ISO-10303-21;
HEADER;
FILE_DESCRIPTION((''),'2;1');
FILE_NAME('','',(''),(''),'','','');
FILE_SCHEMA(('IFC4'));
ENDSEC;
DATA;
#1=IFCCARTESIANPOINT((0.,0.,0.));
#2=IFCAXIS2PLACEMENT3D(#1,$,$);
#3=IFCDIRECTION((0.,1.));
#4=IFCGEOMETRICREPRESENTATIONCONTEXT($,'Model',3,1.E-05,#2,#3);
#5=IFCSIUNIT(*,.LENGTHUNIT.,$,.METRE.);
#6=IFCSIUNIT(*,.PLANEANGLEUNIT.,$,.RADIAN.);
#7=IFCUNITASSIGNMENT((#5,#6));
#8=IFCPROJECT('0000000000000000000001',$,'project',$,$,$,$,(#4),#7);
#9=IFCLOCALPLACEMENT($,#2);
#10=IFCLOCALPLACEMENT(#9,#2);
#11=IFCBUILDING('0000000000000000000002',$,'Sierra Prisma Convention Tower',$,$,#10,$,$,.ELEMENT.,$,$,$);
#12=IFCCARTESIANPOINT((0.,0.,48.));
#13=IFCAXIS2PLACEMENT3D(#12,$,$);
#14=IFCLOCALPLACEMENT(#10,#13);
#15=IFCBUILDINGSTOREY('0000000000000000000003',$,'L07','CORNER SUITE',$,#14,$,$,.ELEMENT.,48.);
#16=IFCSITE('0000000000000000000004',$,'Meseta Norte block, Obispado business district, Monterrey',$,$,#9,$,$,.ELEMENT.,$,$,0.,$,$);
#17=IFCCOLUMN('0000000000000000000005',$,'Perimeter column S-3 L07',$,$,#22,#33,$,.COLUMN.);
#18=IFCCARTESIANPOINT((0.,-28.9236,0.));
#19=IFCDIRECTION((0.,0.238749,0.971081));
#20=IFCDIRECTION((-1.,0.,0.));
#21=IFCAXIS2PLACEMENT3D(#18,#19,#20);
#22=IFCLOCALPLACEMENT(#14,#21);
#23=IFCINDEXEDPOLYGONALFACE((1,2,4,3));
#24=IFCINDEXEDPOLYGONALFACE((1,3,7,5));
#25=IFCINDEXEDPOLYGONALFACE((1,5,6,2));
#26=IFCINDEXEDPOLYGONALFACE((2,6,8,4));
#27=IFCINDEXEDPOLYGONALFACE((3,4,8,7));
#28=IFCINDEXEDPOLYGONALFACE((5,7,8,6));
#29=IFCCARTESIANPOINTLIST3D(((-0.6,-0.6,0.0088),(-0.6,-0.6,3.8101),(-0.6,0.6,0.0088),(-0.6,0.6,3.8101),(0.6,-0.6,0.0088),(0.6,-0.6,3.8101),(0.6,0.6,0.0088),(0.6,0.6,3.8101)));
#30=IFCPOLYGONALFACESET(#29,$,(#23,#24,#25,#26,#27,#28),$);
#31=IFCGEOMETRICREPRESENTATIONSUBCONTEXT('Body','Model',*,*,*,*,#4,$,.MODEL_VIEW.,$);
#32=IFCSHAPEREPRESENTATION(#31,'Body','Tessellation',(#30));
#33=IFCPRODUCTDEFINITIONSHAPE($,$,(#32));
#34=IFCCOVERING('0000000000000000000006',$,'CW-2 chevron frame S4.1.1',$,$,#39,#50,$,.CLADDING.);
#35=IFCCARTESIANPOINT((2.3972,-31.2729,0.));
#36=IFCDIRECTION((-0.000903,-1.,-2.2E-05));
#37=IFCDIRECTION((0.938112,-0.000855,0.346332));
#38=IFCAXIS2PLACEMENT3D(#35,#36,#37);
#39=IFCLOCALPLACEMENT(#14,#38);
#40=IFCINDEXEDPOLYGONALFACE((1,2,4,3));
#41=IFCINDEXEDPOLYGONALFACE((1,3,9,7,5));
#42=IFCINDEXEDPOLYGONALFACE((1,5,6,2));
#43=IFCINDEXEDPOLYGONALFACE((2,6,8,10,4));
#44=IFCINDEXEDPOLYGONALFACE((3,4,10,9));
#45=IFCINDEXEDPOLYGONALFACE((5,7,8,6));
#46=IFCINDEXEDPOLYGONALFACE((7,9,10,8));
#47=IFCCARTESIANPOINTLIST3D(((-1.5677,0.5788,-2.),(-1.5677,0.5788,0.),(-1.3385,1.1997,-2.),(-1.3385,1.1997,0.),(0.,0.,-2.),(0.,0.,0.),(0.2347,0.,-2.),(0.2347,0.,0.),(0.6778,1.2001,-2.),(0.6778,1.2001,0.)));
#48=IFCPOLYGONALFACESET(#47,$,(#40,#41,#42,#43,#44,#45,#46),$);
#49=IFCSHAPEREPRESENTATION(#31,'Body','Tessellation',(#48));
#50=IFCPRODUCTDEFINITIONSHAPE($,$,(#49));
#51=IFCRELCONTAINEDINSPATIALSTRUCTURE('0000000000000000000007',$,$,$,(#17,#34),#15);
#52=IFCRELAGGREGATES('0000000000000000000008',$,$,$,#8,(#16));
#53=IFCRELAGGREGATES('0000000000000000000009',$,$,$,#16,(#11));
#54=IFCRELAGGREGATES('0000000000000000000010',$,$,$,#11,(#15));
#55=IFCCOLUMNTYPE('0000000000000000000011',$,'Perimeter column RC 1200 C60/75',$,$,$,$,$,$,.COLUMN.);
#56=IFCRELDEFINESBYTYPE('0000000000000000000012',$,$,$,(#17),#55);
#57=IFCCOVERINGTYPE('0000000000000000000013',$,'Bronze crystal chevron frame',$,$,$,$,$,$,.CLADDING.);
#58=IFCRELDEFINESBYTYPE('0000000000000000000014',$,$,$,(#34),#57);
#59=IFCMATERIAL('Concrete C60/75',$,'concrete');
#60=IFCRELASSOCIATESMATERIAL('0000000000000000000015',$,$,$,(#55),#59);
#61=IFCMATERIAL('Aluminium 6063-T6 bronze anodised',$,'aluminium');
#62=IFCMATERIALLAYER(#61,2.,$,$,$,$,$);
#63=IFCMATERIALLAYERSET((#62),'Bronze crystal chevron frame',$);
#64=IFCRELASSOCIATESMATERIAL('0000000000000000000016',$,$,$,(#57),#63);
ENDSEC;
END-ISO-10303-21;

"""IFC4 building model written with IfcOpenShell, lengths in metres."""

from ifc_helpers import new_model, si_unit, direction, frame, origin, origin_2d, place, context, subcontext, project, spatial, polyline, rectangle, outline, extrude, clip, halfspace, material, layer, layer_set, material_profile, profile_set, type_object, element, save


model = new_model("IFC4")

# Units and contexts
model_context = context("Model", 3, precision=1e-05, world=origin(), true_north=direction((0.0, 1.0)))
body_context = subcontext(model_context, "Body", "Model", "MODEL_VIEW")
ifc_project = project(units=[si_unit("LENGTHUNIT", "METRE"), si_unit("PLANEANGLEUNIT", "RADIAN")], contexts=[model_context])

# Site, building, storey
site_placement = place(None, origin())
site = spatial("IfcSite", under=ifc_project, at=site_placement, Name="Meseta Norte block, Obispado business district, Monterrey", CompositionType="ELEMENT", RefElevation=0.0)
building_placement = place(site_placement, origin())
building = spatial("IfcBuilding", under=site, at=building_placement, Name="Sierra Prisma Convention Tower", CompositionType="ELEMENT")
storey_placement = place(building_placement, frame((0.0, 0.0, 48.0)))
storey = spatial("IfcBuildingStorey", under=building, at=storey_placement, Name="L07", Description="CORNER SUITE", CompositionType="ELEMENT", Elevation=48.0)

# Column
ifc_material_1 = material(Name="Concrete C60/75", Category="concrete")
ifc_material_profile_1 = material_profile(ifc_material_1, rectangle(XDim=1.2, YDim=1.2, at=origin_2d()), Name="Perimeter column RC 1200 C60/75")
ifc_profile_set_1 = profile_set([ifc_material_profile_1], Name="Concrete C60/75")
column_type = type_object("IfcColumnType", Name="Perimeter column RC 1200 C60/75", PredefinedType="COLUMN", material=ifc_profile_set_1)
column_1_placement = place(storey_placement, frame((0.0, -28.9236, 0.0), z_axis=(0.0, 0.238749, 0.971081), x_axis=(-1.0, 0.0, 0.0)))
element("IfcColumn", 1, at=column_1_placement, inside=storey, type_object=column_type, Name="Perimeter column S-3 L07", PredefinedType="COLUMN", context=body_context, shape_type="SweptSolid", body=[
    clip(extrude(rectangle(XDim=1.2, YDim=1.2, at=origin_2d()), origin(), (0.0, 0.0, 1.0), 3.8101), halfspace(frame((0.0, 0.0, 0.0088)), True)),
])

# Covering
ifc_material_2 = material(Name="Aluminium 6063-T6 bronze anodised", Category="aluminium")
ifc_layer_1 = layer(ifc_material_2, 2.0)
ifc_layer_set_1 = layer_set([ifc_layer_1], Name="Bronze crystal chevron frame")
covering_type = type_object("IfcCoveringType", Name="Bronze crystal chevron frame", PredefinedType="CLADDING", material=ifc_layer_set_1)
covering_1_placement = place(storey_placement, frame((2.3972, -31.2729, 0.0), z_axis=(-0.000903, -1.0, -0.000022), x_axis=(0.938112, -0.000855, 0.346332)))
element("IfcCovering", 2, at=covering_1_placement, inside=storey, type_object=covering_type, Name="CW-2 chevron frame S4.1.1", PredefinedType="CLADDING", context=body_context, shape_type="SweptSolid", body=[
    extrude(outline(polyline([(0.0, 0.0), (0.2347, 0.0), (0.6778, 1.2001), (-1.3385, 1.1997), (-1.5677, 0.5788), (0.0, 0.0)])), origin(), (0.0, 0.0, -1.0), 2.0),
])

save(model, "model.ifc")
